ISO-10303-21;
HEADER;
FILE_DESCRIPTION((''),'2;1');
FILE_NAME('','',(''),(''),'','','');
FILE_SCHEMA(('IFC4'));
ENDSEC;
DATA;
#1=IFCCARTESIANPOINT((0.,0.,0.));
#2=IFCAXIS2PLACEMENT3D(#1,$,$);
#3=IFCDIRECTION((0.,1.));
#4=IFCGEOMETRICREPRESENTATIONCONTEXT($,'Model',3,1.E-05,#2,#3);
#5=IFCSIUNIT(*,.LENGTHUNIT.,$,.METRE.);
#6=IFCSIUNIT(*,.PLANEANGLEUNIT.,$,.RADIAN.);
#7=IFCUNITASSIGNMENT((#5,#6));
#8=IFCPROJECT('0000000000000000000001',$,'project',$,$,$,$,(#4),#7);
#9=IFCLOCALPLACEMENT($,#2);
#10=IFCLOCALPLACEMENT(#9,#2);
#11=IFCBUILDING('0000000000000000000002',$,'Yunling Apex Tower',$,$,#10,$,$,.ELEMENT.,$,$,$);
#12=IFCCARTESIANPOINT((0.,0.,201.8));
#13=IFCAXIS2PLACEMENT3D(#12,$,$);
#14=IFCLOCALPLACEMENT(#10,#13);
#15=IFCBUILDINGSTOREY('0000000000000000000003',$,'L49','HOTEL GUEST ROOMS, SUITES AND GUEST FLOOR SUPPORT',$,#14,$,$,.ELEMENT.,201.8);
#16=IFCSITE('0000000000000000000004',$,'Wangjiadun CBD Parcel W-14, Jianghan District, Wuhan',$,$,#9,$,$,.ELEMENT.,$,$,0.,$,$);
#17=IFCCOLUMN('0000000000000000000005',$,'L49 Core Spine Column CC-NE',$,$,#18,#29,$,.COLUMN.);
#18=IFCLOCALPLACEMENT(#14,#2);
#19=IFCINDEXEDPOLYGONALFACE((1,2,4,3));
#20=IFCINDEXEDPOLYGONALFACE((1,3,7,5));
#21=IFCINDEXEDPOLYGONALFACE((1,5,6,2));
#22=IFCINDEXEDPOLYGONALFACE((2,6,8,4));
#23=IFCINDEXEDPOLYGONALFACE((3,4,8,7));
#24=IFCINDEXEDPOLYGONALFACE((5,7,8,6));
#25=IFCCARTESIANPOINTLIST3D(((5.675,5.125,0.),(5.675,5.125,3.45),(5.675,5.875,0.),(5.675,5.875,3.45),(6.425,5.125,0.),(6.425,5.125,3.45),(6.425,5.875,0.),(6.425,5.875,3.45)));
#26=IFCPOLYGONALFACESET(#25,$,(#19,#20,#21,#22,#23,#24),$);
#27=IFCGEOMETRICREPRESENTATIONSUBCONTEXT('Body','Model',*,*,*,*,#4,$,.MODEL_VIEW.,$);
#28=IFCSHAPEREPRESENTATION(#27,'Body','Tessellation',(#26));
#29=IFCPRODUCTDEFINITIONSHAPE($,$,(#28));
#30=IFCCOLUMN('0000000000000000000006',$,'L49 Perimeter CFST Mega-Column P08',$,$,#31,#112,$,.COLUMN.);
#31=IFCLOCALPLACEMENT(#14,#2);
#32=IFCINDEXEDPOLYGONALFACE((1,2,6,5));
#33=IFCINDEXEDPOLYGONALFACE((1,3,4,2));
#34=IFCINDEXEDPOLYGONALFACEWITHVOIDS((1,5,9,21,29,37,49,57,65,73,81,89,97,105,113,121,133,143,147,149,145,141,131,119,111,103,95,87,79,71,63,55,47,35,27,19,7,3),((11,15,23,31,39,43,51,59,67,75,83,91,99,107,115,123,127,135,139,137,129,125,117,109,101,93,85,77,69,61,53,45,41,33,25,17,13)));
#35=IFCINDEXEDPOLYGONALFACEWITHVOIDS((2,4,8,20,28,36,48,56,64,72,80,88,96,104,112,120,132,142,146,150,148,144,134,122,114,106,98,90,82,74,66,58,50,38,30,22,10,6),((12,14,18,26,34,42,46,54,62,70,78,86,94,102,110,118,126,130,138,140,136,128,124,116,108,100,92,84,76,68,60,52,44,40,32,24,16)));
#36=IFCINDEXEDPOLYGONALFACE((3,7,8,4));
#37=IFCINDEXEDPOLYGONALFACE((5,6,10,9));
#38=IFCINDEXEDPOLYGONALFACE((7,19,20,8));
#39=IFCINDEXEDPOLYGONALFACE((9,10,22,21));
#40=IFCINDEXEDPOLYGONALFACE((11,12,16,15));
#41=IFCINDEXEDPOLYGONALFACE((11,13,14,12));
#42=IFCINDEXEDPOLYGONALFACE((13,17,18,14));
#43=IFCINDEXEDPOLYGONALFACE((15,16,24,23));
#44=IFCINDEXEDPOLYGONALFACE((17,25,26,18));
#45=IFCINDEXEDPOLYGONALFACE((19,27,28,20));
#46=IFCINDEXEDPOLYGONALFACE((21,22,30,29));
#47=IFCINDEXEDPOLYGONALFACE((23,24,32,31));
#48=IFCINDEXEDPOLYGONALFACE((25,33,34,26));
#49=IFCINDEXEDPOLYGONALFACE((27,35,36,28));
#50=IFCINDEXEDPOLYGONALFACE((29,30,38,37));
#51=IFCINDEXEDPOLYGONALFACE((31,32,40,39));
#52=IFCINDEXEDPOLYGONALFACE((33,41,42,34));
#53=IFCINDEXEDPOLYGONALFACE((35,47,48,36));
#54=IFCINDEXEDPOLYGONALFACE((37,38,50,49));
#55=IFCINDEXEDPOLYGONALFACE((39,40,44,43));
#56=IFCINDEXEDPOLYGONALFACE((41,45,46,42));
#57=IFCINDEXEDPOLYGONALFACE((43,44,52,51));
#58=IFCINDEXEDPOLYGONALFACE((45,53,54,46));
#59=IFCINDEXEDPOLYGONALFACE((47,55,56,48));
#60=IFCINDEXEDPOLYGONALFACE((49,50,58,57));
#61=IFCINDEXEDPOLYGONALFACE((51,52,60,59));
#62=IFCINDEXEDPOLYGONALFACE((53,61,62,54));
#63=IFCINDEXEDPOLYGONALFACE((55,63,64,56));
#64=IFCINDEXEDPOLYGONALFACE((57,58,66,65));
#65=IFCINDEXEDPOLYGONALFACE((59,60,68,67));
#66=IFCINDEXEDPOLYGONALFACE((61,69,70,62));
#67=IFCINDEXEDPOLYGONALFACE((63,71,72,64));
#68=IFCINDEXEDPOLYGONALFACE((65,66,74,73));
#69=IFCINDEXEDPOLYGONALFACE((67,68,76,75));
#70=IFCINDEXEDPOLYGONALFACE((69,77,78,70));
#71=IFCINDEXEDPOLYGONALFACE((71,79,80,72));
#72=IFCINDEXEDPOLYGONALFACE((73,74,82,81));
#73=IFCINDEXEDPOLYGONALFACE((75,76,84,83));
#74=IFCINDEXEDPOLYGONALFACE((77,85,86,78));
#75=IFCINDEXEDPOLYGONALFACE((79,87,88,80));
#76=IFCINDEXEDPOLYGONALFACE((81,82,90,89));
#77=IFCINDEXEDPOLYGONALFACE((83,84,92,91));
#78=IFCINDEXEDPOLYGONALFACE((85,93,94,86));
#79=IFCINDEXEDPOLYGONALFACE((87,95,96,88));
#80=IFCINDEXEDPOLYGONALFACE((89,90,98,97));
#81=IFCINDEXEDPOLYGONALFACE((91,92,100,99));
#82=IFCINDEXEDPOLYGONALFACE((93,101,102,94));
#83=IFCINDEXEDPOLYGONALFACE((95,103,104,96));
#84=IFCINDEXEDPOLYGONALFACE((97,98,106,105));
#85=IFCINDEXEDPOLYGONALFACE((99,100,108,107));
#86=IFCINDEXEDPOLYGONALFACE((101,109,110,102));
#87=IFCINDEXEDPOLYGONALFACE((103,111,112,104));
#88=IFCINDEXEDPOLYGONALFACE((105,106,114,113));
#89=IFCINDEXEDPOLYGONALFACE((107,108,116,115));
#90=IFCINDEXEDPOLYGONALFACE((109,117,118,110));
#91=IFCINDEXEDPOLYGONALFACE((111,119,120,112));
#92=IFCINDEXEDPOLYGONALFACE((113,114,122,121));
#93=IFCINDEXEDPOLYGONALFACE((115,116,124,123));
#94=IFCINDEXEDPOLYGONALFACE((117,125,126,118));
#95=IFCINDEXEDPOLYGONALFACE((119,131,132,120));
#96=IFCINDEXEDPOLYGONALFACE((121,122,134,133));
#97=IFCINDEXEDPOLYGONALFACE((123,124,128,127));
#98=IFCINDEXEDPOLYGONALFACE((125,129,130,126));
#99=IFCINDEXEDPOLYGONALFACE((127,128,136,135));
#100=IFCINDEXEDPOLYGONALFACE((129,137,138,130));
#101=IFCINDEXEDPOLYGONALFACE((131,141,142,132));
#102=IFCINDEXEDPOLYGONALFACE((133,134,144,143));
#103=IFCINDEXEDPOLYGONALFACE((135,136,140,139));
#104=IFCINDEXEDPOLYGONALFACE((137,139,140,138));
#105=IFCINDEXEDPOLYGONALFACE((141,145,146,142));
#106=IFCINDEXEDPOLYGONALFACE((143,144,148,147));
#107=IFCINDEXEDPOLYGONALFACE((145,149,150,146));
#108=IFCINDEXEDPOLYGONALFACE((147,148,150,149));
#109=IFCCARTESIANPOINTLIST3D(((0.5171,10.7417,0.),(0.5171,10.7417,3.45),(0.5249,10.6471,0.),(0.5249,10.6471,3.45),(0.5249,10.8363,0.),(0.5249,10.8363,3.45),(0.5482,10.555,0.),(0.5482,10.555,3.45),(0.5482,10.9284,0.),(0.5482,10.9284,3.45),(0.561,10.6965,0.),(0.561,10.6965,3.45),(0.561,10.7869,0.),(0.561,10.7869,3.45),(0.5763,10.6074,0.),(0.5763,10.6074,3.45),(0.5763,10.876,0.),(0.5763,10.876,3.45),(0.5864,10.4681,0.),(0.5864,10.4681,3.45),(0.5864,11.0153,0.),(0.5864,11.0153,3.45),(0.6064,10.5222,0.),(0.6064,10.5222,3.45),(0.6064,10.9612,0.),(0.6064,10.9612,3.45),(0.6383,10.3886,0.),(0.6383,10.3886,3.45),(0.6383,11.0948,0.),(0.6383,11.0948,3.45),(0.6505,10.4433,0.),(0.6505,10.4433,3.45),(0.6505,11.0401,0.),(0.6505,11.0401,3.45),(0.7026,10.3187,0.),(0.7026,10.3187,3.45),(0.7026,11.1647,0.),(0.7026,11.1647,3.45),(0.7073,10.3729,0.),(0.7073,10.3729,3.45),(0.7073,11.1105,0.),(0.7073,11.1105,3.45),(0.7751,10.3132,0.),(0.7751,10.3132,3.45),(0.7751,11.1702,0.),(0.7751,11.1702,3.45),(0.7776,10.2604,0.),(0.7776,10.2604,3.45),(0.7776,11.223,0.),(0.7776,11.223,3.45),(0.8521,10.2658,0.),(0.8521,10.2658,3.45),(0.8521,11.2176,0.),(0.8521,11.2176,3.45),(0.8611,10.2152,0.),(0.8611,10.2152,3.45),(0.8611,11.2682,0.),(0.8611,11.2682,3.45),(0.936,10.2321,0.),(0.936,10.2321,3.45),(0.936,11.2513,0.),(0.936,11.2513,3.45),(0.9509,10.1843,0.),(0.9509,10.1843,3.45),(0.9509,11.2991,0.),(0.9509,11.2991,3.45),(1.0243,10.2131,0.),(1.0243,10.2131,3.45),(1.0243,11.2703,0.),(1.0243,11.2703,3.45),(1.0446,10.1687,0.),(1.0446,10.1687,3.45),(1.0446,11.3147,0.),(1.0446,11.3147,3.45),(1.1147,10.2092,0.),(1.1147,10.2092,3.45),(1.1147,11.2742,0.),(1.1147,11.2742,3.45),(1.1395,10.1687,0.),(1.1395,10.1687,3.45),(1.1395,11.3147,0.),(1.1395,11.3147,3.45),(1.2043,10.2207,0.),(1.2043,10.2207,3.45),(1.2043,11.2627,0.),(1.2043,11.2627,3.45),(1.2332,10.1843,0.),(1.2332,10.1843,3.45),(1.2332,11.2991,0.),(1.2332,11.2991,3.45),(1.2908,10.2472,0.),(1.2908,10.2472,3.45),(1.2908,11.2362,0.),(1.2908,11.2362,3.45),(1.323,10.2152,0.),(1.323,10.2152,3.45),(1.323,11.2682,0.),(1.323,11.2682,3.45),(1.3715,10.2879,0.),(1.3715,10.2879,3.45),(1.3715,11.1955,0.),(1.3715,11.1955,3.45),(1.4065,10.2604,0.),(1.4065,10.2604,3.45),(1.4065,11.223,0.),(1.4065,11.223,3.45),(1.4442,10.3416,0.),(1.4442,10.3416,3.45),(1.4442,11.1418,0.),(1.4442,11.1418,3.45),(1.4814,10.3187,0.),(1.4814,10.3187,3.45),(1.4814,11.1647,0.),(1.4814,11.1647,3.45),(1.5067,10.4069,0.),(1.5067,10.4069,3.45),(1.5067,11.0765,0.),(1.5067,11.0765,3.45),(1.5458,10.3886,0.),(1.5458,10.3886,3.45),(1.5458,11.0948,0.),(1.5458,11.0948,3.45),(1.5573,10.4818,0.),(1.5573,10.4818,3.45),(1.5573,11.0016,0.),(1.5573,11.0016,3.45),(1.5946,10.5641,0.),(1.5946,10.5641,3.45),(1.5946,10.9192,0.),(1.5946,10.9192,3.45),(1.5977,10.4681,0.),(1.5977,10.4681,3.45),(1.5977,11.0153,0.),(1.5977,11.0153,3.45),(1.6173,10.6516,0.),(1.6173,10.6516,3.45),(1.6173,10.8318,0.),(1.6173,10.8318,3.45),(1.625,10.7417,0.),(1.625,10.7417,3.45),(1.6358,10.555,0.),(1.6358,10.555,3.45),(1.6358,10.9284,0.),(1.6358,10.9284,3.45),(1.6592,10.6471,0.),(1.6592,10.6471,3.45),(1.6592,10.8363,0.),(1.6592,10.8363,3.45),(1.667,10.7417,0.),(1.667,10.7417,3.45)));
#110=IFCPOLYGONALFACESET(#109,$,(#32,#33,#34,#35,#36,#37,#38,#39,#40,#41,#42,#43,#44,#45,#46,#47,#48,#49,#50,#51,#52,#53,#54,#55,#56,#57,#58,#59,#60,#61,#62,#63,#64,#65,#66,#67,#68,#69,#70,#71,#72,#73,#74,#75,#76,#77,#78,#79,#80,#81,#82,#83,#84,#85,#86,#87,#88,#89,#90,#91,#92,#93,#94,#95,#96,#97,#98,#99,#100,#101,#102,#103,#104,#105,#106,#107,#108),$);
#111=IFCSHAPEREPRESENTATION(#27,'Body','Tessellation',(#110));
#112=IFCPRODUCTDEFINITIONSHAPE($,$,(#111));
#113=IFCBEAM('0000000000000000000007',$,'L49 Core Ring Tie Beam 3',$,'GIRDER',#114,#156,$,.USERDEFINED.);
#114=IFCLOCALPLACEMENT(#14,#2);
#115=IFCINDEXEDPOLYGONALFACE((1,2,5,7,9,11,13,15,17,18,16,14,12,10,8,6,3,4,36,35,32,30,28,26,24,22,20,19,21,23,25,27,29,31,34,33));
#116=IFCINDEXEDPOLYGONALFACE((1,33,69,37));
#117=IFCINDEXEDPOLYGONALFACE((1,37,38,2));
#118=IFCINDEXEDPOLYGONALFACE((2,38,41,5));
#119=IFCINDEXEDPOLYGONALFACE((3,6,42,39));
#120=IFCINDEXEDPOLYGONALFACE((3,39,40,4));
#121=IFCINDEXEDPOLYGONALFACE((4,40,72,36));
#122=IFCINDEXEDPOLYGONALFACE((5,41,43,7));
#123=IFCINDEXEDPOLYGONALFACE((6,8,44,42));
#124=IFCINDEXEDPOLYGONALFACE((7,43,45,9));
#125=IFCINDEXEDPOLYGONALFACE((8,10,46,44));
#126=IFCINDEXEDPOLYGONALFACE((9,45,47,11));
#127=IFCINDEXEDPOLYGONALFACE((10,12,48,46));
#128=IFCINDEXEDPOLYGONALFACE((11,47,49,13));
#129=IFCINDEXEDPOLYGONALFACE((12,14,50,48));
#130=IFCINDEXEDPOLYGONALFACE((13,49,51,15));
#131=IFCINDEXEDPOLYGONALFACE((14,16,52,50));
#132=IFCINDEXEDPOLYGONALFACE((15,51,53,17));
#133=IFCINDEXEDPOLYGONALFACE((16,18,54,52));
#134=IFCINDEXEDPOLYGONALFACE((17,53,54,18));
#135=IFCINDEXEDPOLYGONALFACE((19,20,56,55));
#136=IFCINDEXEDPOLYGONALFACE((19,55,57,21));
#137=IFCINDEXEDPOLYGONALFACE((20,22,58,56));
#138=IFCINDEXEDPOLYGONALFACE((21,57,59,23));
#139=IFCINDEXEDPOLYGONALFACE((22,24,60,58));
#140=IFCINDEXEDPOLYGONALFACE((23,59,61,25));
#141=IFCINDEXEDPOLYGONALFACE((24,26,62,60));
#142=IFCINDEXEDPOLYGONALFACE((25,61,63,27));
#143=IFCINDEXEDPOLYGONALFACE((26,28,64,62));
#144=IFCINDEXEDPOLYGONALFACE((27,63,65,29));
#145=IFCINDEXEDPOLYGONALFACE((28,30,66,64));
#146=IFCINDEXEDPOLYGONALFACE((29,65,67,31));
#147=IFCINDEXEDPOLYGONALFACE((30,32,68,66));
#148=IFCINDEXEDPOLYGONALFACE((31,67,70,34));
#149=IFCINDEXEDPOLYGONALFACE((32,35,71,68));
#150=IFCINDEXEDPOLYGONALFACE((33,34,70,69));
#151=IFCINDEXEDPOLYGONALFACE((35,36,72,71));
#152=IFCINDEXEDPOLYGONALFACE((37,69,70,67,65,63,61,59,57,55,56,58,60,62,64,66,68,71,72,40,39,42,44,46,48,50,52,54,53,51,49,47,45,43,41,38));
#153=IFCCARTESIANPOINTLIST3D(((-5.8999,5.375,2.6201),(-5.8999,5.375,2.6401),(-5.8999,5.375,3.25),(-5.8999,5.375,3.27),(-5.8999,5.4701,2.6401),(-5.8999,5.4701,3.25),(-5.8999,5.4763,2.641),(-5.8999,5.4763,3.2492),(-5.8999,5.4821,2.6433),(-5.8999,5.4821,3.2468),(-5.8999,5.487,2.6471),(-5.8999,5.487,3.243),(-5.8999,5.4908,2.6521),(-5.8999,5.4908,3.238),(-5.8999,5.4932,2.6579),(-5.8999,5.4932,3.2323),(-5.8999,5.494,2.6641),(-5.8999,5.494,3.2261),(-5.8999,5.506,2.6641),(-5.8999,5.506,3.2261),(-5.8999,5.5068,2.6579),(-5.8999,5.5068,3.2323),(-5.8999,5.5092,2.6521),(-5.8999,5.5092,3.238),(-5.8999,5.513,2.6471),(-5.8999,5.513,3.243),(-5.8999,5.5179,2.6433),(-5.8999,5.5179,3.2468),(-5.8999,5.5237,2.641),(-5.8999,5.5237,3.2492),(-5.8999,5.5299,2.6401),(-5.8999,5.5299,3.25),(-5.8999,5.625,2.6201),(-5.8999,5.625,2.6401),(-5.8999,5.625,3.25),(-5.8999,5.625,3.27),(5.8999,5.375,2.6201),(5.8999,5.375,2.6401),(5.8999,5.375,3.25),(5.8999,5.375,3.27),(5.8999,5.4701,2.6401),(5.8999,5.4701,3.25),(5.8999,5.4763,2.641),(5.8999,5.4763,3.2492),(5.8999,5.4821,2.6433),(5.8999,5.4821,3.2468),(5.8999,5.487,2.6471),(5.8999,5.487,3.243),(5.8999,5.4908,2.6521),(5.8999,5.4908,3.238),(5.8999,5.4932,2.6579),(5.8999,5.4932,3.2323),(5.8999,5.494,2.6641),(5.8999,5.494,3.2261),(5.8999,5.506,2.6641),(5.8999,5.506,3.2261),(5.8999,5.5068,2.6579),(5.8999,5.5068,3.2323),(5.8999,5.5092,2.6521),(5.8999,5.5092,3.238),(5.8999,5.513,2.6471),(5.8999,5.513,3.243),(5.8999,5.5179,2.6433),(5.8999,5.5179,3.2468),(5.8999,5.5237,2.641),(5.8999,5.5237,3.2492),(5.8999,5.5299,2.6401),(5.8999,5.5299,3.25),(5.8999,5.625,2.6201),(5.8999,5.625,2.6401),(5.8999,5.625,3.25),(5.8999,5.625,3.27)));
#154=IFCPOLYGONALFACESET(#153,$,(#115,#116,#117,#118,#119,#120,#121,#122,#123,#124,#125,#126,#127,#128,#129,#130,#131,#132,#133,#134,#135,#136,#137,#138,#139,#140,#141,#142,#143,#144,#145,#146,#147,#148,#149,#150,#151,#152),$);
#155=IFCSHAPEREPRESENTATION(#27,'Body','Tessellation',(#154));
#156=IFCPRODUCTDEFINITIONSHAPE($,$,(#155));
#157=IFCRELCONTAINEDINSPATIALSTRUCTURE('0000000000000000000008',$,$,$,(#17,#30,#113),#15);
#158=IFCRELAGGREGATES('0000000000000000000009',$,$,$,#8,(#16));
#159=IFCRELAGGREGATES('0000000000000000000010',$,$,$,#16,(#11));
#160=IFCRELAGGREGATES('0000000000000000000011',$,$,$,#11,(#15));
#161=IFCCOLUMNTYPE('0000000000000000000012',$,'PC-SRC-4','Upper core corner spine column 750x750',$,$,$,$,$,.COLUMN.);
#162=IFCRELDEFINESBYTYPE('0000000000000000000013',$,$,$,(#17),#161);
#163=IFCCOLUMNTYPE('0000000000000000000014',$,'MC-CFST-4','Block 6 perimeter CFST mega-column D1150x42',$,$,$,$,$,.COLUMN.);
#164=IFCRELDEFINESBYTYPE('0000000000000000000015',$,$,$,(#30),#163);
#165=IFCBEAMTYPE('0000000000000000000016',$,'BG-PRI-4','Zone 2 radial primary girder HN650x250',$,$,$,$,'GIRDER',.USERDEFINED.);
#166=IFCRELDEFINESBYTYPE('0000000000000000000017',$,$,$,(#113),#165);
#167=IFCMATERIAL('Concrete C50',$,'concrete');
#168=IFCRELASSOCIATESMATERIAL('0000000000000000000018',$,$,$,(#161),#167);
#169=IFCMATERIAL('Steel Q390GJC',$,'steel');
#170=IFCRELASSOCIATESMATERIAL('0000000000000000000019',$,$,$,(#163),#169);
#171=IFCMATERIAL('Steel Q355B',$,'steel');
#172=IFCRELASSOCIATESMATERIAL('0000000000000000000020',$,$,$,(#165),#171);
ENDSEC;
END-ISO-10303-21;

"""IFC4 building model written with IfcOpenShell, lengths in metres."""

from ifc_helpers import new_model, si_unit, direction, frame, origin, origin_2d, place, context, subcontext, project, spatial, rectangle, hollow_circle, i_section, extrude, source, transform, mapped, material, material_profile, profile_set, type_object, element, save


model = new_model("IFC4")

# Units and contexts
model_context = context("Model", 3, precision=1e-05, world=origin(), true_north=direction((0.0, 1.0)))
body_context = subcontext(model_context, "Body", "Model", "MODEL_VIEW")
ifc_project = project(units=[si_unit("LENGTHUNIT", "METRE"), si_unit("PLANEANGLEUNIT", "RADIAN")], contexts=[model_context])

# Site, building, storey
site_placement = place(None, origin())
site = spatial("IfcSite", under=ifc_project, at=site_placement, Name="Wangjiadun CBD Parcel W-14, Jianghan District, Wuhan", CompositionType="ELEMENT", RefElevation=0.0)
building_placement = place(site_placement, origin())
building = spatial("IfcBuilding", under=site, at=building_placement, Name="Yunling Apex Tower", CompositionType="ELEMENT")
storey_placement = place(building_placement, frame((0.0, 0.0, 201.8)))
storey = spatial("IfcBuildingStorey", under=building, at=storey_placement, Name="L49", Description="HOTEL GUEST ROOMS, SUITES AND GUEST FLOOR SUPPORT", CompositionType="ELEMENT", Elevation=201.8)

# Columns
ifc_material_1 = material(Name="Concrete C50", Category="concrete")
ifc_material_profile_1 = material_profile(ifc_material_1, rectangle(XDim=0.75, YDim=0.75, at=origin_2d()))
ifc_profile_set_1 = profile_set([ifc_material_profile_1], Name="Concrete C50")
column_type_1 = type_object("IfcColumnType", Name="PC-SRC-4", Description="Upper core corner spine column 750x750", PredefinedType="COLUMN", material=ifc_profile_set_1)
shared_shape_1 = source(origin(), body_context, "Body", "SweptSolid", [
    extrude(rectangle(XDim=0.75, YDim=0.75, at=origin_2d()), origin(), (0.0, 0.0, 1.0), 3.45),
])
column_1_placement = place(storey_placement, frame((6.05, 5.5, 0.0), z_axis=(0.0, 0.0, 1.0), x_axis=(1.0, 0.0, 0.0)))
element("IfcColumn", 1, at=column_1_placement, inside=storey, type_object=column_type_1, Name="L49 Core Spine Column CC-NE", PredefinedType="COLUMN", context=body_context, shape_type="MappedRepresentation", body=[
    mapped(shared_shape_1, transform((0.0, 0.0, 0.0), scale=1.0)),
])
ifc_material_2 = material(Name="Steel Q390GJC", Category="steel")
ifc_material_profile_2 = material_profile(ifc_material_2, hollow_circle(Radius=0.575, WallThickness=0.042, at=origin_2d()))
ifc_profile_set_2 = profile_set([ifc_material_profile_2], Name="Steel Q390GJC")
column_type_2 = type_object("IfcColumnType", Name="MC-CFST-4", Description="Block 6 perimeter CFST mega-column D1150x42", PredefinedType="COLUMN", material=ifc_profile_set_2)
shared_shape_2 = source(origin(), body_context, "Body", "SweptSolid", [
    extrude(hollow_circle(Radius=0.575, WallThickness=0.042, at=origin_2d()), origin(), (0.0, 0.0, 1.0), 3.45),
])
column_2_placement = place(storey_placement, frame((1.092, 10.7417, 0.0), z_axis=(0.0, 0.0, 1.0), x_axis=(1.0, 0.0, 0.0)))
element("IfcColumn", 2, at=column_2_placement, inside=storey, type_object=column_type_2, Name="L49 Perimeter CFST Mega-Column P08", PredefinedType="COLUMN", context=body_context, shape_type="MappedRepresentation", body=[
    mapped(shared_shape_2, transform((0.0, 0.0, 0.0), scale=1.0)),
])

# Beam
ifc_material_3 = material(Name="Steel Q355B", Category="steel")
ifc_material_profile_3 = material_profile(ifc_material_3, i_section(OverallWidth=0.25, OverallDepth=0.6499, WebThickness=0.012, FlangeThickness=0.02, FilletRadius=0.0239, at=origin_2d()))
ifc_profile_set_3 = profile_set([ifc_material_profile_3], Name="Steel Q355B")
beam_type_1 = type_object("IfcBeamType", Name="BG-PRI-4", Description="Zone 2 radial primary girder HN650x250", ElementType="GIRDER", PredefinedType="USERDEFINED", material=ifc_profile_set_3)
shared_shape_3 = source(origin(), body_context, "Body", "SweptSolid", [
    extrude(i_section(OverallWidth=0.25, OverallDepth=0.6499, WebThickness=0.012, FlangeThickness=0.02, FilletRadius=0.0239, at=origin_2d()), origin(), (0.0, 0.0, 1.0), 11.7998),
])
beam_1_placement = place(storey_placement, frame((5.8999, 5.5, 2.9451), z_axis=(-1.0, 0.0, 0.0), x_axis=(0.0, -1.0, 0.0)))
element("IfcBeam", 3, at=beam_1_placement, inside=storey, type_object=beam_type_1, Name="L49 Core Ring Tie Beam 3", ObjectType="GIRDER", PredefinedType="USERDEFINED", context=body_context, shape_type="MappedRepresentation", body=[
    mapped(shared_shape_3, transform((0.0, 0.0, 0.0), scale=1.0)),
])

save(model, "model.ifc")
